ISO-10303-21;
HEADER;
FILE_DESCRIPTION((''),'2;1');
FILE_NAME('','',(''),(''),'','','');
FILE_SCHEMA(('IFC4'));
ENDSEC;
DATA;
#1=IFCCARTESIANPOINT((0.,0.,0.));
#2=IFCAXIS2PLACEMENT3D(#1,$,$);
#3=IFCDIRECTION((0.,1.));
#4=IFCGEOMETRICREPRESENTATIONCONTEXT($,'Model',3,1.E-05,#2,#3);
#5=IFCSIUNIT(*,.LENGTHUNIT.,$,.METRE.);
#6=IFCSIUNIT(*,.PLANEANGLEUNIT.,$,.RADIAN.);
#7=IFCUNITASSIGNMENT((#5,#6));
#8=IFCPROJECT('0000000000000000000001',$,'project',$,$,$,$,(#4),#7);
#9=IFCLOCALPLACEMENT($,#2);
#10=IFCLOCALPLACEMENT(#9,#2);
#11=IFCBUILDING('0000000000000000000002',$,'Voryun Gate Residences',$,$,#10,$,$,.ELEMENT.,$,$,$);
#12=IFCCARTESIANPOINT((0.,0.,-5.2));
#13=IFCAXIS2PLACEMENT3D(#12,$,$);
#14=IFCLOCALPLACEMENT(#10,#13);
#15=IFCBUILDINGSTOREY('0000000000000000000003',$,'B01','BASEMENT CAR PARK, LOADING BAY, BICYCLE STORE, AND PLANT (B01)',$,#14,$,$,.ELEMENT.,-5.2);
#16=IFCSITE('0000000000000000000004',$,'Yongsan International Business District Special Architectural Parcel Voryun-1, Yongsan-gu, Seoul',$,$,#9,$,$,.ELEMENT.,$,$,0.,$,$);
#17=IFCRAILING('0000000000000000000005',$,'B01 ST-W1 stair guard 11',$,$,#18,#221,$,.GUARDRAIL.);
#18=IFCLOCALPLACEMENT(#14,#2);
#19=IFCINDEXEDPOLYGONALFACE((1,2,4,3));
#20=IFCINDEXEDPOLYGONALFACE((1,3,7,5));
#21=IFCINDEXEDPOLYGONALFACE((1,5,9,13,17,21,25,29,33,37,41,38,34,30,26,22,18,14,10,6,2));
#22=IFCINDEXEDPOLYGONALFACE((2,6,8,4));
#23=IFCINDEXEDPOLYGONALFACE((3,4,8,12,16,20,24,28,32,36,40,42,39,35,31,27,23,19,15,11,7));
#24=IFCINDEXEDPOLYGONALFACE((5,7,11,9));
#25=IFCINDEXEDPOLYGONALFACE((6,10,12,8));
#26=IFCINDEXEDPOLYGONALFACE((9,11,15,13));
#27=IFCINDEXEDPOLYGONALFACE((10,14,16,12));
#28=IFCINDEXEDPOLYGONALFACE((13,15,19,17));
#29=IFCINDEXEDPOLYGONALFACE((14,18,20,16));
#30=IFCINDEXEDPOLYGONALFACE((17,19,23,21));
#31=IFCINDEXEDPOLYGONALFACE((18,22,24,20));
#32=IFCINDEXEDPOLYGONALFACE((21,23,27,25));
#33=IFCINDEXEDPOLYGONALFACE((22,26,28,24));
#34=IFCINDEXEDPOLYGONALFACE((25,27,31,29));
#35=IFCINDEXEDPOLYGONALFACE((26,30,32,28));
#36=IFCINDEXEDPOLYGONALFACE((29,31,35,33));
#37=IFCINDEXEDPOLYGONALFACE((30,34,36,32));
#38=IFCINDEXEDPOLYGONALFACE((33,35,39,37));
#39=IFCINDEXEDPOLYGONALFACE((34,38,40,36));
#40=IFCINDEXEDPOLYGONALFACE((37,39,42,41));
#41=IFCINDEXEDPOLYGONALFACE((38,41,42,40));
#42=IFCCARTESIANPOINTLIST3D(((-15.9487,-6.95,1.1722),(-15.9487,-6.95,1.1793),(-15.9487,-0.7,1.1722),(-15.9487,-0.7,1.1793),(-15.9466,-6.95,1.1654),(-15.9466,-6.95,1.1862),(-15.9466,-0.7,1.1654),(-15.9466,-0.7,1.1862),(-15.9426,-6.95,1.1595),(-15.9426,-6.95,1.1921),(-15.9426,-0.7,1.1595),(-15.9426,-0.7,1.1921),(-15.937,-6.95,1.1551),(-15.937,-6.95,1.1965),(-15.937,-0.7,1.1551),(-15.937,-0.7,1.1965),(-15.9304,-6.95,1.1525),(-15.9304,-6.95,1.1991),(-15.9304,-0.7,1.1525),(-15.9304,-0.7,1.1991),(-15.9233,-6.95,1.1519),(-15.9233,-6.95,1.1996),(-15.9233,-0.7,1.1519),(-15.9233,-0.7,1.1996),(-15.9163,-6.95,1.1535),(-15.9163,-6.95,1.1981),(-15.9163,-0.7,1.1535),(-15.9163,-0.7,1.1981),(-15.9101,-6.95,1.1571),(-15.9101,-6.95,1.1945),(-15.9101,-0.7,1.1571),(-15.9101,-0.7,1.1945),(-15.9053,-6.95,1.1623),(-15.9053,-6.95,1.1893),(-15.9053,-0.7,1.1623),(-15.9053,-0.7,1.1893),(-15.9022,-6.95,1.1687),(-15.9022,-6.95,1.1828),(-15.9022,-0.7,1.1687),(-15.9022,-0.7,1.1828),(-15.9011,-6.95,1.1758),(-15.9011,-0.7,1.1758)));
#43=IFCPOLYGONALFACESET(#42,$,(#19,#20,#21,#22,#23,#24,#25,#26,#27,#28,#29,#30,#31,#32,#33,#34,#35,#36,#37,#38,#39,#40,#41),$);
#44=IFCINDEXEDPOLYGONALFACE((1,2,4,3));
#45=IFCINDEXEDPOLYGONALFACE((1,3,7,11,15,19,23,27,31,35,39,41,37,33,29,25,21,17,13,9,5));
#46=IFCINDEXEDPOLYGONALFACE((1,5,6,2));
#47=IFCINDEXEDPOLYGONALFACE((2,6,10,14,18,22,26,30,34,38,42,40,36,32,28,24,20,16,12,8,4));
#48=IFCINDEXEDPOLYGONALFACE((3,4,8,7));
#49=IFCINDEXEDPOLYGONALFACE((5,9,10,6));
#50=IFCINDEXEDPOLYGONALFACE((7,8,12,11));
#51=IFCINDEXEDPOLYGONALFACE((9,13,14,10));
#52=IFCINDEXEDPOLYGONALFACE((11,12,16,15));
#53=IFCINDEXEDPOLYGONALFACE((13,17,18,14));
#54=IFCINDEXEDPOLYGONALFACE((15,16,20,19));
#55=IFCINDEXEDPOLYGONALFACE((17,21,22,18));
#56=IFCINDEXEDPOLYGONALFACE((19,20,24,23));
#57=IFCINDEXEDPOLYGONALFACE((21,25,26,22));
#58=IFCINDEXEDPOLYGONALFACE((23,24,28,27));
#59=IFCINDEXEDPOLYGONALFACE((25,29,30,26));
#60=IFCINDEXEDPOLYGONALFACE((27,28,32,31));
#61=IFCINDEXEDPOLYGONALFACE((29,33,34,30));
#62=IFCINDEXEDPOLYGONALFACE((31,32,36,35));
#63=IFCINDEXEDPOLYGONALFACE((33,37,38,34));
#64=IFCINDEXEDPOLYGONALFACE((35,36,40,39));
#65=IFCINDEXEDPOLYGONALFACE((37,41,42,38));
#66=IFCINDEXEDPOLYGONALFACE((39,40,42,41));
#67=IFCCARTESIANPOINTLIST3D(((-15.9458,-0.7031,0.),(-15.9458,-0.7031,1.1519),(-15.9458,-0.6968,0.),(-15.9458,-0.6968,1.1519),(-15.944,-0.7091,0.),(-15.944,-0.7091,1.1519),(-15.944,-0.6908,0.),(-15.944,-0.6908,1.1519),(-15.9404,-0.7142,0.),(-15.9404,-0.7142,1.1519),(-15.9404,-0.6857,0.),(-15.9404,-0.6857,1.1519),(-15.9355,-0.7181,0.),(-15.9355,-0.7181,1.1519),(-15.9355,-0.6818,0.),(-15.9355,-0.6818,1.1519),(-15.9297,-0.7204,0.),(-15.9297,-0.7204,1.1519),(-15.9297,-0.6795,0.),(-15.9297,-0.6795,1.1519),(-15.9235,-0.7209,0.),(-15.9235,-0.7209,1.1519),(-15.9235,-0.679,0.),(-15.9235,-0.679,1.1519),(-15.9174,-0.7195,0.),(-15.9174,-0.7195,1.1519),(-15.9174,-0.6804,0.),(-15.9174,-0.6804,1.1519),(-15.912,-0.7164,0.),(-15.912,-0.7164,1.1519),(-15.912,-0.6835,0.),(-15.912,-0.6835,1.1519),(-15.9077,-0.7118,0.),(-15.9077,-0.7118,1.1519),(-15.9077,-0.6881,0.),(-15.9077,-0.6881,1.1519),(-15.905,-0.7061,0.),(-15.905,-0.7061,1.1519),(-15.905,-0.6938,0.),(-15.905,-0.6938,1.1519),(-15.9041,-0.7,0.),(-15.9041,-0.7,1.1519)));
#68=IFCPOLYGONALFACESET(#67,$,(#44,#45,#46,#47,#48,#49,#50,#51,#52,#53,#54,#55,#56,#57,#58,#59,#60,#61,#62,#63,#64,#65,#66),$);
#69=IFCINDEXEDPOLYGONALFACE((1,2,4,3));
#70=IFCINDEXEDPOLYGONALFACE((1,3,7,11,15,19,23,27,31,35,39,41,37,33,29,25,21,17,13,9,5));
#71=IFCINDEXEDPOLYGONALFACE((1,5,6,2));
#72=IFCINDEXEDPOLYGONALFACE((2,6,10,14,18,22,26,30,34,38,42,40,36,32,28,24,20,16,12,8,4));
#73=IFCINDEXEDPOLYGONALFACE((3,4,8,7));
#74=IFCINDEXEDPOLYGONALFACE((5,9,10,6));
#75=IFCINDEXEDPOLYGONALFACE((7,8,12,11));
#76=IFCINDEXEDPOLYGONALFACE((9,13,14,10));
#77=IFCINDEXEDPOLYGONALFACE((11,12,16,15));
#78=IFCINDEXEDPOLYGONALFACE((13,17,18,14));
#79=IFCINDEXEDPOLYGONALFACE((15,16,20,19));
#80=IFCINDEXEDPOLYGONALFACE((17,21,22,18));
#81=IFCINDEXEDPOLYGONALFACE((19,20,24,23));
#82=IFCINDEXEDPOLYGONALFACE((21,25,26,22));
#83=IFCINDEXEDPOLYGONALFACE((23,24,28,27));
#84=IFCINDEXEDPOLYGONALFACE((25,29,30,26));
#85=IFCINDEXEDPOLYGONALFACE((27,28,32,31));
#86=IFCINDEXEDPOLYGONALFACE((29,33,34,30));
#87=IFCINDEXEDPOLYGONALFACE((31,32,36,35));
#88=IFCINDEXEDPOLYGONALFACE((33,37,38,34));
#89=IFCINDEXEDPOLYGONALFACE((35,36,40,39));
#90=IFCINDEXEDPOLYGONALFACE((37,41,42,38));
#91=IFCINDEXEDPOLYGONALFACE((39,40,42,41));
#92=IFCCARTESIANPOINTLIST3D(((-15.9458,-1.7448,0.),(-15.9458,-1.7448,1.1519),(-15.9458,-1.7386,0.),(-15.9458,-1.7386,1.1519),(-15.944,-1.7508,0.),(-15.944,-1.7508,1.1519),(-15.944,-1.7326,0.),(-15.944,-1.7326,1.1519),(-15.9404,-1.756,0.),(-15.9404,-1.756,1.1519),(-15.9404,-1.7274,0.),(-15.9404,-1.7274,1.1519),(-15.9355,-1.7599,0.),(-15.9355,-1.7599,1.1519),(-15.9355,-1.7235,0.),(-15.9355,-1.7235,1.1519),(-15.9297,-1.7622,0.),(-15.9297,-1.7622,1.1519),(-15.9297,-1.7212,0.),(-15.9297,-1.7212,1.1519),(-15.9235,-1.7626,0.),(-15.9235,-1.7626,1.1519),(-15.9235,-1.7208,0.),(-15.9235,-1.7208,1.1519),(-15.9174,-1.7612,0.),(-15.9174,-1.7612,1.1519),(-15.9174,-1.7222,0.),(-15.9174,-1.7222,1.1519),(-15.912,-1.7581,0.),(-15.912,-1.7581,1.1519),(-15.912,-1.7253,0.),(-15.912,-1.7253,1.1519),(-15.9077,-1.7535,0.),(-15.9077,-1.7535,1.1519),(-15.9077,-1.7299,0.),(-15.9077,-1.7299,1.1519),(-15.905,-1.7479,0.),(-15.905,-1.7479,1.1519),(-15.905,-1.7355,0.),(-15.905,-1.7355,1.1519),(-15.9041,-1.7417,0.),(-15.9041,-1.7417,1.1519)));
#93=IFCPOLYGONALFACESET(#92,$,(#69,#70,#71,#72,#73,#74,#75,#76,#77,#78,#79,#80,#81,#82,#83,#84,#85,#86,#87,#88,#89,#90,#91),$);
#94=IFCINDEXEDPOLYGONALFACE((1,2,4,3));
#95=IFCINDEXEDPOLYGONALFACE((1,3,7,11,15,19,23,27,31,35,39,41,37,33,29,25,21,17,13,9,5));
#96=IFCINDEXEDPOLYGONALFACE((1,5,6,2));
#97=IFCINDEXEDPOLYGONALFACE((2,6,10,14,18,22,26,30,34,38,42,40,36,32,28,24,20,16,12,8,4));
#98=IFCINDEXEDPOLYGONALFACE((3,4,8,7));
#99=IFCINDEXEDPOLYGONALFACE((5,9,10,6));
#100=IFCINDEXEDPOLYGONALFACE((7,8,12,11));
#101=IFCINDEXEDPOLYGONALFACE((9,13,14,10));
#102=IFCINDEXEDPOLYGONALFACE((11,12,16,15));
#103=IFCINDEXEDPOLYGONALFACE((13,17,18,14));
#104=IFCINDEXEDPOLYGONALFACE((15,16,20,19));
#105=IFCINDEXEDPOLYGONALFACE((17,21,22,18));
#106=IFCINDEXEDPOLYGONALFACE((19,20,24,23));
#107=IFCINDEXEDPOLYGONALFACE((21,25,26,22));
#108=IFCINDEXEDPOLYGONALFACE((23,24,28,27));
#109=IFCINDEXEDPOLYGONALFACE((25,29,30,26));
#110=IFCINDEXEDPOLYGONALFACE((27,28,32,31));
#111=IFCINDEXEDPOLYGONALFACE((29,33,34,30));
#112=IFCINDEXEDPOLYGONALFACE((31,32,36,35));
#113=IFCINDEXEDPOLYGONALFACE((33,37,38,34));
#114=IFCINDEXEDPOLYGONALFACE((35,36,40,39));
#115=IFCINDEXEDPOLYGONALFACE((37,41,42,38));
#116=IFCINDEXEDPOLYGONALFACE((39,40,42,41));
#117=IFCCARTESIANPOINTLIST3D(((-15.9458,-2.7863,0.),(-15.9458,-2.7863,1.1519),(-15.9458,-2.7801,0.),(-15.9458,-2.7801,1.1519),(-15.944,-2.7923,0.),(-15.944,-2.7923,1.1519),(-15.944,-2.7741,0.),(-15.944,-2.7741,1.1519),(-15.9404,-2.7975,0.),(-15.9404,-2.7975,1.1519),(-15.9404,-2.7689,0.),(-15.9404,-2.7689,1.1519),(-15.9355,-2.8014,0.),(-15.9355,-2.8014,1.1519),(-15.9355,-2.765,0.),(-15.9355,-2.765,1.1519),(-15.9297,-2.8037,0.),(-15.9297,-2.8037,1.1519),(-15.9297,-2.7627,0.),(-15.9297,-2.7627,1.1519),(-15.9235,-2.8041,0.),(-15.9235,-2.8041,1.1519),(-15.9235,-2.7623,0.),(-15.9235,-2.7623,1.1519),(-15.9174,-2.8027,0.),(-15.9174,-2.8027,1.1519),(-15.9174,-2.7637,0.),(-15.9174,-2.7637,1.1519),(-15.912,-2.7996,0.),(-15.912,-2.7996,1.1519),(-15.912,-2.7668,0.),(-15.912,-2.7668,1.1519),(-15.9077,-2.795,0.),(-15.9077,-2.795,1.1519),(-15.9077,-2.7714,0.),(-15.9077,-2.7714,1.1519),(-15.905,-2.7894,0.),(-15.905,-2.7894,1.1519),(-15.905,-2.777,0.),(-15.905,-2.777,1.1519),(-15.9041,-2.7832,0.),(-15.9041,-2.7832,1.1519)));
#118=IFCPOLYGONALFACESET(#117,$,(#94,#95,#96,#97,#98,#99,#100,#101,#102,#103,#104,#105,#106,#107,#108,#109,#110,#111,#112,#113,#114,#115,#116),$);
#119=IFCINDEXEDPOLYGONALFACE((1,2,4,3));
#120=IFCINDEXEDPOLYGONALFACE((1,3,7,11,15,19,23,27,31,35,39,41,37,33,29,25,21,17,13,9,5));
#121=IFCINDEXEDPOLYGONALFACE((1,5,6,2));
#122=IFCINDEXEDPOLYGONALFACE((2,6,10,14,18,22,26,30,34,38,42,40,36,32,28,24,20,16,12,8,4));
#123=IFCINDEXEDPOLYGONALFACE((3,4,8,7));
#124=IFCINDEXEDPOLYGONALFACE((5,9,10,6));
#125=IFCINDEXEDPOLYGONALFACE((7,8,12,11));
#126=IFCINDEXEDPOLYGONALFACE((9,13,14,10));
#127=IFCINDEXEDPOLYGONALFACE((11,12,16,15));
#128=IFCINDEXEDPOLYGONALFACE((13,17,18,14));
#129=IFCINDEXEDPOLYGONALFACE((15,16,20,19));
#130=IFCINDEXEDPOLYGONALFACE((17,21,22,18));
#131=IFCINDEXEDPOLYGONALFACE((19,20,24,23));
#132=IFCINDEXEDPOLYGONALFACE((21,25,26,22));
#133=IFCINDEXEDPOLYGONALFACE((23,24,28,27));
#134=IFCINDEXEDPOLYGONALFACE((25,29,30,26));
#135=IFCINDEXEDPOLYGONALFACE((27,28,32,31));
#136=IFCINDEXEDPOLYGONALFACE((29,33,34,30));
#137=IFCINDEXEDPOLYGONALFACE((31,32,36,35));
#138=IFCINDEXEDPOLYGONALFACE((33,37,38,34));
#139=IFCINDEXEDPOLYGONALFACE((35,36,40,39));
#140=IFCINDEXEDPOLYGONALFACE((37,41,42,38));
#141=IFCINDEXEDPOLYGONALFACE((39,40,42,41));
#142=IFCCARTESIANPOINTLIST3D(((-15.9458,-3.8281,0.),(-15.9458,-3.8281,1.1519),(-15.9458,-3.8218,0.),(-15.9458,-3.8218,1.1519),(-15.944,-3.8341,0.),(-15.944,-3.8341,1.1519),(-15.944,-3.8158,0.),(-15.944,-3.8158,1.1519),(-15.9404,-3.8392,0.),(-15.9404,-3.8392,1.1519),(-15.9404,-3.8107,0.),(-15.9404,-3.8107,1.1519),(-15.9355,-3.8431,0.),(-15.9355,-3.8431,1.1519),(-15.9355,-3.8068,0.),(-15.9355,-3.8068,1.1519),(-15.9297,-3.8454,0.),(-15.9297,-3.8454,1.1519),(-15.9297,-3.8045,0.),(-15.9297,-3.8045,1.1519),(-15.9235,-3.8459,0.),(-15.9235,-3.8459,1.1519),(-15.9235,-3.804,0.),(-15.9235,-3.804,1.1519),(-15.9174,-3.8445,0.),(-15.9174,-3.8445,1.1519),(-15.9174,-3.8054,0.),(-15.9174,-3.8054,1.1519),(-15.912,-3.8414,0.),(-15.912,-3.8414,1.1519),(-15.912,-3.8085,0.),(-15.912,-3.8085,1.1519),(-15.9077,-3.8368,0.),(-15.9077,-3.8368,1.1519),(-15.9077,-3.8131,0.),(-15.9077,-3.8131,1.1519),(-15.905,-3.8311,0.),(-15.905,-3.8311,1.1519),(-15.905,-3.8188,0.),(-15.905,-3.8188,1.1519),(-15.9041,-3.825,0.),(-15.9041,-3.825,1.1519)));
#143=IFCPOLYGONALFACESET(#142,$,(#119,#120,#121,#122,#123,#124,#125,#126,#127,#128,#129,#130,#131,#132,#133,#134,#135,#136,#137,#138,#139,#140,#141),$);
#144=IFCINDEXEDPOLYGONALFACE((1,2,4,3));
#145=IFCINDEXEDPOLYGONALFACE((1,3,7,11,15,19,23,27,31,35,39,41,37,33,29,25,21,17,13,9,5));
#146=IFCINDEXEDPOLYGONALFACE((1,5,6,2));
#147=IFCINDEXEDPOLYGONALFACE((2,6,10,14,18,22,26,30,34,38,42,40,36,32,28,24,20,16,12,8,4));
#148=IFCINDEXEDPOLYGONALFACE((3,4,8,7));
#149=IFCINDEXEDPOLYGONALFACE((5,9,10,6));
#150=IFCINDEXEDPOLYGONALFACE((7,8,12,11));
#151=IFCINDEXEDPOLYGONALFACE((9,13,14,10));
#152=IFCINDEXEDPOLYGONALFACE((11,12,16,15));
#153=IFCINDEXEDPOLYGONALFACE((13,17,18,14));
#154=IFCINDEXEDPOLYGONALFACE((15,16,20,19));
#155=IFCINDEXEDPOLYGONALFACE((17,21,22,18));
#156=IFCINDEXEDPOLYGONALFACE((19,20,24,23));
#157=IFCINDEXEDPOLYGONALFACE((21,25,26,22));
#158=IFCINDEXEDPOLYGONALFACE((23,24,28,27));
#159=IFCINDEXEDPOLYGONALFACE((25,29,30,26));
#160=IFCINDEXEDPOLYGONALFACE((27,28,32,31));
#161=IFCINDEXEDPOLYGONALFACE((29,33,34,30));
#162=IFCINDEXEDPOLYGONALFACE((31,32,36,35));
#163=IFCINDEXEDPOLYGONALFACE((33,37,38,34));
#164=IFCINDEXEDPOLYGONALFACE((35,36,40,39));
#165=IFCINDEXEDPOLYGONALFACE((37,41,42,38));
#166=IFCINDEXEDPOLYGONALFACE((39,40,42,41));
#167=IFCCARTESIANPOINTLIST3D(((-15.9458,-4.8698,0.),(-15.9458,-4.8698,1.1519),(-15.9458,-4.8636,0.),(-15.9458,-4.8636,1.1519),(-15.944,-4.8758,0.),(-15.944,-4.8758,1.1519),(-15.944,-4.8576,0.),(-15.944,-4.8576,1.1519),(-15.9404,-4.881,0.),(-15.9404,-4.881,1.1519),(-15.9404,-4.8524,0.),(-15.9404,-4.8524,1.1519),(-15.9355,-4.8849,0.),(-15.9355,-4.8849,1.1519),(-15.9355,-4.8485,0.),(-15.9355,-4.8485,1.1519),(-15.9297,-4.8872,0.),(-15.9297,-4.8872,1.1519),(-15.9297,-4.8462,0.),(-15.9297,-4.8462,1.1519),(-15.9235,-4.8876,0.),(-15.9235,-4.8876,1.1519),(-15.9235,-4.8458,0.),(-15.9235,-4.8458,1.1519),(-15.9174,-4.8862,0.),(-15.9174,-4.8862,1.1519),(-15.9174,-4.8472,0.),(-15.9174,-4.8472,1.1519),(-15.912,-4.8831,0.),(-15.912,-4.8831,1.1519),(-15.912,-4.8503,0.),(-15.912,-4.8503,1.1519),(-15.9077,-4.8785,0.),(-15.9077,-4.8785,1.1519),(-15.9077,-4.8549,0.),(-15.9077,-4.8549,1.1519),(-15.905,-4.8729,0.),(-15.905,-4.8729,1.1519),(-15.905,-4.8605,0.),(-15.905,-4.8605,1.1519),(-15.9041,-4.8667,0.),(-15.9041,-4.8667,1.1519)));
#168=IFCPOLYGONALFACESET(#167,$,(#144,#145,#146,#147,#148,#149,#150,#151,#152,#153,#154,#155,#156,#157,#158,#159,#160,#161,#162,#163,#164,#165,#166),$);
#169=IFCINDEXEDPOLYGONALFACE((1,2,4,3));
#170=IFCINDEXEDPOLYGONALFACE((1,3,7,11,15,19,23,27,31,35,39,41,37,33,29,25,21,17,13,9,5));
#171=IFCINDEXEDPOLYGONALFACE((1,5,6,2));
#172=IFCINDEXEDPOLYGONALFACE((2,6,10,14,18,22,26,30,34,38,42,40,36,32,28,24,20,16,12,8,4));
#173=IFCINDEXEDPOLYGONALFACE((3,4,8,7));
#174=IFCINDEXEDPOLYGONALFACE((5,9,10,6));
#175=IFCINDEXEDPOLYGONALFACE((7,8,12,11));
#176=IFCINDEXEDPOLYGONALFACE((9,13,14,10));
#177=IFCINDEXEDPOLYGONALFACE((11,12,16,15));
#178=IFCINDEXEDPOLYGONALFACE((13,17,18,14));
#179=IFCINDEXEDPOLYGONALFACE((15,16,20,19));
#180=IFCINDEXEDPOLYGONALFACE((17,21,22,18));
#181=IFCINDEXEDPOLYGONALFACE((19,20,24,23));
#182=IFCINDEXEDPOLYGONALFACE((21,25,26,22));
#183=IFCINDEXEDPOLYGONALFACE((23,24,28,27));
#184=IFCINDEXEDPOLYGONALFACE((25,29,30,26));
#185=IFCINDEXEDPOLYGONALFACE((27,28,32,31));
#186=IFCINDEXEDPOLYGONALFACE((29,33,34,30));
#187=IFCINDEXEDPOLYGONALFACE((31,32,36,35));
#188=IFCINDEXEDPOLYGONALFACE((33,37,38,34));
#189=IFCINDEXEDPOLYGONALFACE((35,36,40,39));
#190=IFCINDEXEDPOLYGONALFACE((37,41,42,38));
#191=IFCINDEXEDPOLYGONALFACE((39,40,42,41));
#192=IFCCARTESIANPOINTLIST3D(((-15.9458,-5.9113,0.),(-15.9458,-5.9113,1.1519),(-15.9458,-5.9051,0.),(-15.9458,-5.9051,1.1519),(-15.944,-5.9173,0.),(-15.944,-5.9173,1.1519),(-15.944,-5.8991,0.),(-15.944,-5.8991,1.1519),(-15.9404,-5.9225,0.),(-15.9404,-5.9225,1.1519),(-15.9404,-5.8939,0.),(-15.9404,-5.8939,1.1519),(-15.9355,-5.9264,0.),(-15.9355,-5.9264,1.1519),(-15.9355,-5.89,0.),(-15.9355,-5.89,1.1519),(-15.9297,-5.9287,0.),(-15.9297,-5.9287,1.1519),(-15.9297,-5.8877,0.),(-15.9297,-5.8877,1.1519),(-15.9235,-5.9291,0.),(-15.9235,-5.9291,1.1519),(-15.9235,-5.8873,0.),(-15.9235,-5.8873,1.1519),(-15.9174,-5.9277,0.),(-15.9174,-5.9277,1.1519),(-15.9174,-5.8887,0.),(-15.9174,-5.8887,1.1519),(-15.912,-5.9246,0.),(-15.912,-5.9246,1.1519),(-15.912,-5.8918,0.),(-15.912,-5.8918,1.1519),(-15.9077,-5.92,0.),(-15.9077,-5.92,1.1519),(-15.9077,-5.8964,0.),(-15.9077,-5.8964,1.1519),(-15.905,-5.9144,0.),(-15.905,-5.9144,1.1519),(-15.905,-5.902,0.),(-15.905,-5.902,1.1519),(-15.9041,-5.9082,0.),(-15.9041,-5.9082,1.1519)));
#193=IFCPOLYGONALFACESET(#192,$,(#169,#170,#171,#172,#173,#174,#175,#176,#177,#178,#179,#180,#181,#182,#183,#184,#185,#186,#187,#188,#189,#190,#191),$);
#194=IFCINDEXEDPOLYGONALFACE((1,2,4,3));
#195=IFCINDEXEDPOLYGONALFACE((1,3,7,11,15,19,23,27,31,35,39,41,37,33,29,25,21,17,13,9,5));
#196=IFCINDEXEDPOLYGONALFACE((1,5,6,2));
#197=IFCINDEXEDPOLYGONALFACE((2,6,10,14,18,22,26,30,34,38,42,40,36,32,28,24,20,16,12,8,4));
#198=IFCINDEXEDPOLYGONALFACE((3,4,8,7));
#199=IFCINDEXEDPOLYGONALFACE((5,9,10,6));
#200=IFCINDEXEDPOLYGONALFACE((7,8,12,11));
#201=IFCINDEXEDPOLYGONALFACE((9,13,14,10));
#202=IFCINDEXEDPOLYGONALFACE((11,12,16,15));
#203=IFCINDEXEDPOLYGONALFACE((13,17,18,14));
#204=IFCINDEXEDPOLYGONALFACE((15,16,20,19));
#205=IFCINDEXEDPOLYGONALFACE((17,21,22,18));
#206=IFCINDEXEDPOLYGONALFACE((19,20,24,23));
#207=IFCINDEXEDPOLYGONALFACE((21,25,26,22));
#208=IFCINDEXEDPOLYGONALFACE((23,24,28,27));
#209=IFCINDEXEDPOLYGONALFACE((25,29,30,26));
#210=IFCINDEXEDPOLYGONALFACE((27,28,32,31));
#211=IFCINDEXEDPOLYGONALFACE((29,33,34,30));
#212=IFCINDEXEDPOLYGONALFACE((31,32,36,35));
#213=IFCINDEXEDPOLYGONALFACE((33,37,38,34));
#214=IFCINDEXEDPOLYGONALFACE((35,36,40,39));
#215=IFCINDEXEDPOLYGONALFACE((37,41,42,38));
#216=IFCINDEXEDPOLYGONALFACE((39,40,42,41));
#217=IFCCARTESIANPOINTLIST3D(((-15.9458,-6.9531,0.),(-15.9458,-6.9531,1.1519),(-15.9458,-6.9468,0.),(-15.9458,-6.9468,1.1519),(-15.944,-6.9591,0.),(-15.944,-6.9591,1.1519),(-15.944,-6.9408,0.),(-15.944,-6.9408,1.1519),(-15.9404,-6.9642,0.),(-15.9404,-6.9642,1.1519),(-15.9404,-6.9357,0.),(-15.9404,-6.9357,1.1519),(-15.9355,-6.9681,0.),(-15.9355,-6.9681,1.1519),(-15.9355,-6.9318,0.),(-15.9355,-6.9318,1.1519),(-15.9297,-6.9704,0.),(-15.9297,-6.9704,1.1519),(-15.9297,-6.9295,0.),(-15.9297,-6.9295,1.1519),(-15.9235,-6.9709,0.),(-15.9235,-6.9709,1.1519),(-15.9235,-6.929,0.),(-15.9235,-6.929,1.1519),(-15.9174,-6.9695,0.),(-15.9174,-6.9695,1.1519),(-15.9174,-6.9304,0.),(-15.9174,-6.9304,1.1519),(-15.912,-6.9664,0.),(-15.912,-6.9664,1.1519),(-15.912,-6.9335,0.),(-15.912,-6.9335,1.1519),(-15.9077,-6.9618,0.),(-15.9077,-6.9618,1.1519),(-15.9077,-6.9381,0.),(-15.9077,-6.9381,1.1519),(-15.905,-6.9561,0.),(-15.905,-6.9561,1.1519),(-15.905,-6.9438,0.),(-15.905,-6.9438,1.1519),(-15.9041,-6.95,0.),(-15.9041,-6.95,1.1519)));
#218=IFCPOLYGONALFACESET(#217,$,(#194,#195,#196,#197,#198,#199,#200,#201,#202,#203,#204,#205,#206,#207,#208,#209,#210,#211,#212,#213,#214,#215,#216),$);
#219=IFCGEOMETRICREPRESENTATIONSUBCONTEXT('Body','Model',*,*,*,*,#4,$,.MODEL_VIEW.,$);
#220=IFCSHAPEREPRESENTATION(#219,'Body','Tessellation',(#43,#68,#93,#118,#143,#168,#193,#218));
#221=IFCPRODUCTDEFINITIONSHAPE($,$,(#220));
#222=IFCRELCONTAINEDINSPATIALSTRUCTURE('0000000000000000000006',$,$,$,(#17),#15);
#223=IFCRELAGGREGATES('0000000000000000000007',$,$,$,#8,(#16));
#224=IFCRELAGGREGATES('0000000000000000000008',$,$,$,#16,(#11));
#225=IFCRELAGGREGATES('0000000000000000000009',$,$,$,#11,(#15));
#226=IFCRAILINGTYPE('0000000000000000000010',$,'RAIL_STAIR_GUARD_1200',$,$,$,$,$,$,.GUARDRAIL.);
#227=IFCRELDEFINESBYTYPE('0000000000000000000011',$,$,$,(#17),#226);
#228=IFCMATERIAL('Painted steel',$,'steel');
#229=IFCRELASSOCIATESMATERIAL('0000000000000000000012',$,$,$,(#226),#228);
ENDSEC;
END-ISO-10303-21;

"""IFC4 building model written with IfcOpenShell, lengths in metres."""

from ifc_helpers import new_model, si_unit, direction, frame, origin, origin_2d, place, context, subcontext, project, spatial, circle, extrude, material, type_object, element, save


model = new_model("IFC4")

# Units and contexts
model_context = context("Model", 3, precision=1e-05, world=origin(), true_north=direction((0.0, 1.0)))
body_context = subcontext(model_context, "Body", "Model", "MODEL_VIEW")
ifc_project = project(units=[si_unit("LENGTHUNIT", "METRE"), si_unit("PLANEANGLEUNIT", "RADIAN")], contexts=[model_context])

# Site, building, storey
site_placement = place(None, origin())
site = spatial("IfcSite", under=ifc_project, at=site_placement, Name="Yongsan International Business District Special Architectural Parcel Voryun-1, Yongsan-gu, Seoul", CompositionType="ELEMENT", RefElevation=0.0)
building_placement = place(site_placement, origin())
building = spatial("IfcBuilding", under=site, at=building_placement, Name="Voryun Gate Residences", CompositionType="ELEMENT")
storey_placement = place(building_placement, frame((0.0, 0.0, -5.2)))
storey = spatial("IfcBuildingStorey", under=building, at=storey_placement, Name="B01", Description="BASEMENT CAR PARK, LOADING BAY, BICYCLE STORE, AND PLANT (B01)", CompositionType="ELEMENT", Elevation=-5.2)

# Railing
ifc_material_1 = material(Name="Painted steel", Category="steel")
railing_type = type_object("IfcRailingType", Name="RAIL_STAIR_GUARD_1200", PredefinedType="GUARDRAIL", material=ifc_material_1)
railing_1_placement = place(storey_placement, frame((-15.925, -0.7, 0.0)))
element("IfcRailing", 1, at=railing_1_placement, inside=storey, type_object=railing_type, Name="B01 ST-W1 stair guard 11", PredefinedType="GUARDRAIL", context=body_context, shape_type="SweptSolid", body=[
    extrude(circle(Radius=0.0239, at=origin_2d()), frame((0.0, 0.0, 1.1758), z_axis=(0.0, -1.0, 0.0), x_axis=(1.0, 0.0, 0.0)), (0.0, 0.0, 1.0), 6.25),
    extrude(circle(Radius=0.021, at=origin_2d()), origin(), (0.0, 0.0, 1.0), 1.1519),
    extrude(circle(Radius=0.021, at=origin_2d()), frame((0.0, -1.0417, 0.0)), (0.0, 0.0, 1.0), 1.1519),
    extrude(circle(Radius=0.021, at=origin_2d()), frame((0.0, -2.0833, 0.0)), (0.0, 0.0, 1.0), 1.1519),
    extrude(circle(Radius=0.021, at=origin_2d()), frame((0.0, -3.125, 0.0)), (0.0, 0.0, 1.0), 1.1519),
    extrude(circle(Radius=0.021, at=origin_2d()), frame((0.0, -4.1667, 0.0)), (0.0, 0.0, 1.0), 1.1519),
    extrude(circle(Radius=0.021, at=origin_2d()), frame((0.0, -5.2083, 0.0)), (0.0, 0.0, 1.0), 1.1519),
    extrude(circle(Radius=0.021, at=origin_2d()), frame((0.0, -6.25, 0.0)), (0.0, 0.0, 1.0), 1.1519),
])

save(model, "model.ifc")
